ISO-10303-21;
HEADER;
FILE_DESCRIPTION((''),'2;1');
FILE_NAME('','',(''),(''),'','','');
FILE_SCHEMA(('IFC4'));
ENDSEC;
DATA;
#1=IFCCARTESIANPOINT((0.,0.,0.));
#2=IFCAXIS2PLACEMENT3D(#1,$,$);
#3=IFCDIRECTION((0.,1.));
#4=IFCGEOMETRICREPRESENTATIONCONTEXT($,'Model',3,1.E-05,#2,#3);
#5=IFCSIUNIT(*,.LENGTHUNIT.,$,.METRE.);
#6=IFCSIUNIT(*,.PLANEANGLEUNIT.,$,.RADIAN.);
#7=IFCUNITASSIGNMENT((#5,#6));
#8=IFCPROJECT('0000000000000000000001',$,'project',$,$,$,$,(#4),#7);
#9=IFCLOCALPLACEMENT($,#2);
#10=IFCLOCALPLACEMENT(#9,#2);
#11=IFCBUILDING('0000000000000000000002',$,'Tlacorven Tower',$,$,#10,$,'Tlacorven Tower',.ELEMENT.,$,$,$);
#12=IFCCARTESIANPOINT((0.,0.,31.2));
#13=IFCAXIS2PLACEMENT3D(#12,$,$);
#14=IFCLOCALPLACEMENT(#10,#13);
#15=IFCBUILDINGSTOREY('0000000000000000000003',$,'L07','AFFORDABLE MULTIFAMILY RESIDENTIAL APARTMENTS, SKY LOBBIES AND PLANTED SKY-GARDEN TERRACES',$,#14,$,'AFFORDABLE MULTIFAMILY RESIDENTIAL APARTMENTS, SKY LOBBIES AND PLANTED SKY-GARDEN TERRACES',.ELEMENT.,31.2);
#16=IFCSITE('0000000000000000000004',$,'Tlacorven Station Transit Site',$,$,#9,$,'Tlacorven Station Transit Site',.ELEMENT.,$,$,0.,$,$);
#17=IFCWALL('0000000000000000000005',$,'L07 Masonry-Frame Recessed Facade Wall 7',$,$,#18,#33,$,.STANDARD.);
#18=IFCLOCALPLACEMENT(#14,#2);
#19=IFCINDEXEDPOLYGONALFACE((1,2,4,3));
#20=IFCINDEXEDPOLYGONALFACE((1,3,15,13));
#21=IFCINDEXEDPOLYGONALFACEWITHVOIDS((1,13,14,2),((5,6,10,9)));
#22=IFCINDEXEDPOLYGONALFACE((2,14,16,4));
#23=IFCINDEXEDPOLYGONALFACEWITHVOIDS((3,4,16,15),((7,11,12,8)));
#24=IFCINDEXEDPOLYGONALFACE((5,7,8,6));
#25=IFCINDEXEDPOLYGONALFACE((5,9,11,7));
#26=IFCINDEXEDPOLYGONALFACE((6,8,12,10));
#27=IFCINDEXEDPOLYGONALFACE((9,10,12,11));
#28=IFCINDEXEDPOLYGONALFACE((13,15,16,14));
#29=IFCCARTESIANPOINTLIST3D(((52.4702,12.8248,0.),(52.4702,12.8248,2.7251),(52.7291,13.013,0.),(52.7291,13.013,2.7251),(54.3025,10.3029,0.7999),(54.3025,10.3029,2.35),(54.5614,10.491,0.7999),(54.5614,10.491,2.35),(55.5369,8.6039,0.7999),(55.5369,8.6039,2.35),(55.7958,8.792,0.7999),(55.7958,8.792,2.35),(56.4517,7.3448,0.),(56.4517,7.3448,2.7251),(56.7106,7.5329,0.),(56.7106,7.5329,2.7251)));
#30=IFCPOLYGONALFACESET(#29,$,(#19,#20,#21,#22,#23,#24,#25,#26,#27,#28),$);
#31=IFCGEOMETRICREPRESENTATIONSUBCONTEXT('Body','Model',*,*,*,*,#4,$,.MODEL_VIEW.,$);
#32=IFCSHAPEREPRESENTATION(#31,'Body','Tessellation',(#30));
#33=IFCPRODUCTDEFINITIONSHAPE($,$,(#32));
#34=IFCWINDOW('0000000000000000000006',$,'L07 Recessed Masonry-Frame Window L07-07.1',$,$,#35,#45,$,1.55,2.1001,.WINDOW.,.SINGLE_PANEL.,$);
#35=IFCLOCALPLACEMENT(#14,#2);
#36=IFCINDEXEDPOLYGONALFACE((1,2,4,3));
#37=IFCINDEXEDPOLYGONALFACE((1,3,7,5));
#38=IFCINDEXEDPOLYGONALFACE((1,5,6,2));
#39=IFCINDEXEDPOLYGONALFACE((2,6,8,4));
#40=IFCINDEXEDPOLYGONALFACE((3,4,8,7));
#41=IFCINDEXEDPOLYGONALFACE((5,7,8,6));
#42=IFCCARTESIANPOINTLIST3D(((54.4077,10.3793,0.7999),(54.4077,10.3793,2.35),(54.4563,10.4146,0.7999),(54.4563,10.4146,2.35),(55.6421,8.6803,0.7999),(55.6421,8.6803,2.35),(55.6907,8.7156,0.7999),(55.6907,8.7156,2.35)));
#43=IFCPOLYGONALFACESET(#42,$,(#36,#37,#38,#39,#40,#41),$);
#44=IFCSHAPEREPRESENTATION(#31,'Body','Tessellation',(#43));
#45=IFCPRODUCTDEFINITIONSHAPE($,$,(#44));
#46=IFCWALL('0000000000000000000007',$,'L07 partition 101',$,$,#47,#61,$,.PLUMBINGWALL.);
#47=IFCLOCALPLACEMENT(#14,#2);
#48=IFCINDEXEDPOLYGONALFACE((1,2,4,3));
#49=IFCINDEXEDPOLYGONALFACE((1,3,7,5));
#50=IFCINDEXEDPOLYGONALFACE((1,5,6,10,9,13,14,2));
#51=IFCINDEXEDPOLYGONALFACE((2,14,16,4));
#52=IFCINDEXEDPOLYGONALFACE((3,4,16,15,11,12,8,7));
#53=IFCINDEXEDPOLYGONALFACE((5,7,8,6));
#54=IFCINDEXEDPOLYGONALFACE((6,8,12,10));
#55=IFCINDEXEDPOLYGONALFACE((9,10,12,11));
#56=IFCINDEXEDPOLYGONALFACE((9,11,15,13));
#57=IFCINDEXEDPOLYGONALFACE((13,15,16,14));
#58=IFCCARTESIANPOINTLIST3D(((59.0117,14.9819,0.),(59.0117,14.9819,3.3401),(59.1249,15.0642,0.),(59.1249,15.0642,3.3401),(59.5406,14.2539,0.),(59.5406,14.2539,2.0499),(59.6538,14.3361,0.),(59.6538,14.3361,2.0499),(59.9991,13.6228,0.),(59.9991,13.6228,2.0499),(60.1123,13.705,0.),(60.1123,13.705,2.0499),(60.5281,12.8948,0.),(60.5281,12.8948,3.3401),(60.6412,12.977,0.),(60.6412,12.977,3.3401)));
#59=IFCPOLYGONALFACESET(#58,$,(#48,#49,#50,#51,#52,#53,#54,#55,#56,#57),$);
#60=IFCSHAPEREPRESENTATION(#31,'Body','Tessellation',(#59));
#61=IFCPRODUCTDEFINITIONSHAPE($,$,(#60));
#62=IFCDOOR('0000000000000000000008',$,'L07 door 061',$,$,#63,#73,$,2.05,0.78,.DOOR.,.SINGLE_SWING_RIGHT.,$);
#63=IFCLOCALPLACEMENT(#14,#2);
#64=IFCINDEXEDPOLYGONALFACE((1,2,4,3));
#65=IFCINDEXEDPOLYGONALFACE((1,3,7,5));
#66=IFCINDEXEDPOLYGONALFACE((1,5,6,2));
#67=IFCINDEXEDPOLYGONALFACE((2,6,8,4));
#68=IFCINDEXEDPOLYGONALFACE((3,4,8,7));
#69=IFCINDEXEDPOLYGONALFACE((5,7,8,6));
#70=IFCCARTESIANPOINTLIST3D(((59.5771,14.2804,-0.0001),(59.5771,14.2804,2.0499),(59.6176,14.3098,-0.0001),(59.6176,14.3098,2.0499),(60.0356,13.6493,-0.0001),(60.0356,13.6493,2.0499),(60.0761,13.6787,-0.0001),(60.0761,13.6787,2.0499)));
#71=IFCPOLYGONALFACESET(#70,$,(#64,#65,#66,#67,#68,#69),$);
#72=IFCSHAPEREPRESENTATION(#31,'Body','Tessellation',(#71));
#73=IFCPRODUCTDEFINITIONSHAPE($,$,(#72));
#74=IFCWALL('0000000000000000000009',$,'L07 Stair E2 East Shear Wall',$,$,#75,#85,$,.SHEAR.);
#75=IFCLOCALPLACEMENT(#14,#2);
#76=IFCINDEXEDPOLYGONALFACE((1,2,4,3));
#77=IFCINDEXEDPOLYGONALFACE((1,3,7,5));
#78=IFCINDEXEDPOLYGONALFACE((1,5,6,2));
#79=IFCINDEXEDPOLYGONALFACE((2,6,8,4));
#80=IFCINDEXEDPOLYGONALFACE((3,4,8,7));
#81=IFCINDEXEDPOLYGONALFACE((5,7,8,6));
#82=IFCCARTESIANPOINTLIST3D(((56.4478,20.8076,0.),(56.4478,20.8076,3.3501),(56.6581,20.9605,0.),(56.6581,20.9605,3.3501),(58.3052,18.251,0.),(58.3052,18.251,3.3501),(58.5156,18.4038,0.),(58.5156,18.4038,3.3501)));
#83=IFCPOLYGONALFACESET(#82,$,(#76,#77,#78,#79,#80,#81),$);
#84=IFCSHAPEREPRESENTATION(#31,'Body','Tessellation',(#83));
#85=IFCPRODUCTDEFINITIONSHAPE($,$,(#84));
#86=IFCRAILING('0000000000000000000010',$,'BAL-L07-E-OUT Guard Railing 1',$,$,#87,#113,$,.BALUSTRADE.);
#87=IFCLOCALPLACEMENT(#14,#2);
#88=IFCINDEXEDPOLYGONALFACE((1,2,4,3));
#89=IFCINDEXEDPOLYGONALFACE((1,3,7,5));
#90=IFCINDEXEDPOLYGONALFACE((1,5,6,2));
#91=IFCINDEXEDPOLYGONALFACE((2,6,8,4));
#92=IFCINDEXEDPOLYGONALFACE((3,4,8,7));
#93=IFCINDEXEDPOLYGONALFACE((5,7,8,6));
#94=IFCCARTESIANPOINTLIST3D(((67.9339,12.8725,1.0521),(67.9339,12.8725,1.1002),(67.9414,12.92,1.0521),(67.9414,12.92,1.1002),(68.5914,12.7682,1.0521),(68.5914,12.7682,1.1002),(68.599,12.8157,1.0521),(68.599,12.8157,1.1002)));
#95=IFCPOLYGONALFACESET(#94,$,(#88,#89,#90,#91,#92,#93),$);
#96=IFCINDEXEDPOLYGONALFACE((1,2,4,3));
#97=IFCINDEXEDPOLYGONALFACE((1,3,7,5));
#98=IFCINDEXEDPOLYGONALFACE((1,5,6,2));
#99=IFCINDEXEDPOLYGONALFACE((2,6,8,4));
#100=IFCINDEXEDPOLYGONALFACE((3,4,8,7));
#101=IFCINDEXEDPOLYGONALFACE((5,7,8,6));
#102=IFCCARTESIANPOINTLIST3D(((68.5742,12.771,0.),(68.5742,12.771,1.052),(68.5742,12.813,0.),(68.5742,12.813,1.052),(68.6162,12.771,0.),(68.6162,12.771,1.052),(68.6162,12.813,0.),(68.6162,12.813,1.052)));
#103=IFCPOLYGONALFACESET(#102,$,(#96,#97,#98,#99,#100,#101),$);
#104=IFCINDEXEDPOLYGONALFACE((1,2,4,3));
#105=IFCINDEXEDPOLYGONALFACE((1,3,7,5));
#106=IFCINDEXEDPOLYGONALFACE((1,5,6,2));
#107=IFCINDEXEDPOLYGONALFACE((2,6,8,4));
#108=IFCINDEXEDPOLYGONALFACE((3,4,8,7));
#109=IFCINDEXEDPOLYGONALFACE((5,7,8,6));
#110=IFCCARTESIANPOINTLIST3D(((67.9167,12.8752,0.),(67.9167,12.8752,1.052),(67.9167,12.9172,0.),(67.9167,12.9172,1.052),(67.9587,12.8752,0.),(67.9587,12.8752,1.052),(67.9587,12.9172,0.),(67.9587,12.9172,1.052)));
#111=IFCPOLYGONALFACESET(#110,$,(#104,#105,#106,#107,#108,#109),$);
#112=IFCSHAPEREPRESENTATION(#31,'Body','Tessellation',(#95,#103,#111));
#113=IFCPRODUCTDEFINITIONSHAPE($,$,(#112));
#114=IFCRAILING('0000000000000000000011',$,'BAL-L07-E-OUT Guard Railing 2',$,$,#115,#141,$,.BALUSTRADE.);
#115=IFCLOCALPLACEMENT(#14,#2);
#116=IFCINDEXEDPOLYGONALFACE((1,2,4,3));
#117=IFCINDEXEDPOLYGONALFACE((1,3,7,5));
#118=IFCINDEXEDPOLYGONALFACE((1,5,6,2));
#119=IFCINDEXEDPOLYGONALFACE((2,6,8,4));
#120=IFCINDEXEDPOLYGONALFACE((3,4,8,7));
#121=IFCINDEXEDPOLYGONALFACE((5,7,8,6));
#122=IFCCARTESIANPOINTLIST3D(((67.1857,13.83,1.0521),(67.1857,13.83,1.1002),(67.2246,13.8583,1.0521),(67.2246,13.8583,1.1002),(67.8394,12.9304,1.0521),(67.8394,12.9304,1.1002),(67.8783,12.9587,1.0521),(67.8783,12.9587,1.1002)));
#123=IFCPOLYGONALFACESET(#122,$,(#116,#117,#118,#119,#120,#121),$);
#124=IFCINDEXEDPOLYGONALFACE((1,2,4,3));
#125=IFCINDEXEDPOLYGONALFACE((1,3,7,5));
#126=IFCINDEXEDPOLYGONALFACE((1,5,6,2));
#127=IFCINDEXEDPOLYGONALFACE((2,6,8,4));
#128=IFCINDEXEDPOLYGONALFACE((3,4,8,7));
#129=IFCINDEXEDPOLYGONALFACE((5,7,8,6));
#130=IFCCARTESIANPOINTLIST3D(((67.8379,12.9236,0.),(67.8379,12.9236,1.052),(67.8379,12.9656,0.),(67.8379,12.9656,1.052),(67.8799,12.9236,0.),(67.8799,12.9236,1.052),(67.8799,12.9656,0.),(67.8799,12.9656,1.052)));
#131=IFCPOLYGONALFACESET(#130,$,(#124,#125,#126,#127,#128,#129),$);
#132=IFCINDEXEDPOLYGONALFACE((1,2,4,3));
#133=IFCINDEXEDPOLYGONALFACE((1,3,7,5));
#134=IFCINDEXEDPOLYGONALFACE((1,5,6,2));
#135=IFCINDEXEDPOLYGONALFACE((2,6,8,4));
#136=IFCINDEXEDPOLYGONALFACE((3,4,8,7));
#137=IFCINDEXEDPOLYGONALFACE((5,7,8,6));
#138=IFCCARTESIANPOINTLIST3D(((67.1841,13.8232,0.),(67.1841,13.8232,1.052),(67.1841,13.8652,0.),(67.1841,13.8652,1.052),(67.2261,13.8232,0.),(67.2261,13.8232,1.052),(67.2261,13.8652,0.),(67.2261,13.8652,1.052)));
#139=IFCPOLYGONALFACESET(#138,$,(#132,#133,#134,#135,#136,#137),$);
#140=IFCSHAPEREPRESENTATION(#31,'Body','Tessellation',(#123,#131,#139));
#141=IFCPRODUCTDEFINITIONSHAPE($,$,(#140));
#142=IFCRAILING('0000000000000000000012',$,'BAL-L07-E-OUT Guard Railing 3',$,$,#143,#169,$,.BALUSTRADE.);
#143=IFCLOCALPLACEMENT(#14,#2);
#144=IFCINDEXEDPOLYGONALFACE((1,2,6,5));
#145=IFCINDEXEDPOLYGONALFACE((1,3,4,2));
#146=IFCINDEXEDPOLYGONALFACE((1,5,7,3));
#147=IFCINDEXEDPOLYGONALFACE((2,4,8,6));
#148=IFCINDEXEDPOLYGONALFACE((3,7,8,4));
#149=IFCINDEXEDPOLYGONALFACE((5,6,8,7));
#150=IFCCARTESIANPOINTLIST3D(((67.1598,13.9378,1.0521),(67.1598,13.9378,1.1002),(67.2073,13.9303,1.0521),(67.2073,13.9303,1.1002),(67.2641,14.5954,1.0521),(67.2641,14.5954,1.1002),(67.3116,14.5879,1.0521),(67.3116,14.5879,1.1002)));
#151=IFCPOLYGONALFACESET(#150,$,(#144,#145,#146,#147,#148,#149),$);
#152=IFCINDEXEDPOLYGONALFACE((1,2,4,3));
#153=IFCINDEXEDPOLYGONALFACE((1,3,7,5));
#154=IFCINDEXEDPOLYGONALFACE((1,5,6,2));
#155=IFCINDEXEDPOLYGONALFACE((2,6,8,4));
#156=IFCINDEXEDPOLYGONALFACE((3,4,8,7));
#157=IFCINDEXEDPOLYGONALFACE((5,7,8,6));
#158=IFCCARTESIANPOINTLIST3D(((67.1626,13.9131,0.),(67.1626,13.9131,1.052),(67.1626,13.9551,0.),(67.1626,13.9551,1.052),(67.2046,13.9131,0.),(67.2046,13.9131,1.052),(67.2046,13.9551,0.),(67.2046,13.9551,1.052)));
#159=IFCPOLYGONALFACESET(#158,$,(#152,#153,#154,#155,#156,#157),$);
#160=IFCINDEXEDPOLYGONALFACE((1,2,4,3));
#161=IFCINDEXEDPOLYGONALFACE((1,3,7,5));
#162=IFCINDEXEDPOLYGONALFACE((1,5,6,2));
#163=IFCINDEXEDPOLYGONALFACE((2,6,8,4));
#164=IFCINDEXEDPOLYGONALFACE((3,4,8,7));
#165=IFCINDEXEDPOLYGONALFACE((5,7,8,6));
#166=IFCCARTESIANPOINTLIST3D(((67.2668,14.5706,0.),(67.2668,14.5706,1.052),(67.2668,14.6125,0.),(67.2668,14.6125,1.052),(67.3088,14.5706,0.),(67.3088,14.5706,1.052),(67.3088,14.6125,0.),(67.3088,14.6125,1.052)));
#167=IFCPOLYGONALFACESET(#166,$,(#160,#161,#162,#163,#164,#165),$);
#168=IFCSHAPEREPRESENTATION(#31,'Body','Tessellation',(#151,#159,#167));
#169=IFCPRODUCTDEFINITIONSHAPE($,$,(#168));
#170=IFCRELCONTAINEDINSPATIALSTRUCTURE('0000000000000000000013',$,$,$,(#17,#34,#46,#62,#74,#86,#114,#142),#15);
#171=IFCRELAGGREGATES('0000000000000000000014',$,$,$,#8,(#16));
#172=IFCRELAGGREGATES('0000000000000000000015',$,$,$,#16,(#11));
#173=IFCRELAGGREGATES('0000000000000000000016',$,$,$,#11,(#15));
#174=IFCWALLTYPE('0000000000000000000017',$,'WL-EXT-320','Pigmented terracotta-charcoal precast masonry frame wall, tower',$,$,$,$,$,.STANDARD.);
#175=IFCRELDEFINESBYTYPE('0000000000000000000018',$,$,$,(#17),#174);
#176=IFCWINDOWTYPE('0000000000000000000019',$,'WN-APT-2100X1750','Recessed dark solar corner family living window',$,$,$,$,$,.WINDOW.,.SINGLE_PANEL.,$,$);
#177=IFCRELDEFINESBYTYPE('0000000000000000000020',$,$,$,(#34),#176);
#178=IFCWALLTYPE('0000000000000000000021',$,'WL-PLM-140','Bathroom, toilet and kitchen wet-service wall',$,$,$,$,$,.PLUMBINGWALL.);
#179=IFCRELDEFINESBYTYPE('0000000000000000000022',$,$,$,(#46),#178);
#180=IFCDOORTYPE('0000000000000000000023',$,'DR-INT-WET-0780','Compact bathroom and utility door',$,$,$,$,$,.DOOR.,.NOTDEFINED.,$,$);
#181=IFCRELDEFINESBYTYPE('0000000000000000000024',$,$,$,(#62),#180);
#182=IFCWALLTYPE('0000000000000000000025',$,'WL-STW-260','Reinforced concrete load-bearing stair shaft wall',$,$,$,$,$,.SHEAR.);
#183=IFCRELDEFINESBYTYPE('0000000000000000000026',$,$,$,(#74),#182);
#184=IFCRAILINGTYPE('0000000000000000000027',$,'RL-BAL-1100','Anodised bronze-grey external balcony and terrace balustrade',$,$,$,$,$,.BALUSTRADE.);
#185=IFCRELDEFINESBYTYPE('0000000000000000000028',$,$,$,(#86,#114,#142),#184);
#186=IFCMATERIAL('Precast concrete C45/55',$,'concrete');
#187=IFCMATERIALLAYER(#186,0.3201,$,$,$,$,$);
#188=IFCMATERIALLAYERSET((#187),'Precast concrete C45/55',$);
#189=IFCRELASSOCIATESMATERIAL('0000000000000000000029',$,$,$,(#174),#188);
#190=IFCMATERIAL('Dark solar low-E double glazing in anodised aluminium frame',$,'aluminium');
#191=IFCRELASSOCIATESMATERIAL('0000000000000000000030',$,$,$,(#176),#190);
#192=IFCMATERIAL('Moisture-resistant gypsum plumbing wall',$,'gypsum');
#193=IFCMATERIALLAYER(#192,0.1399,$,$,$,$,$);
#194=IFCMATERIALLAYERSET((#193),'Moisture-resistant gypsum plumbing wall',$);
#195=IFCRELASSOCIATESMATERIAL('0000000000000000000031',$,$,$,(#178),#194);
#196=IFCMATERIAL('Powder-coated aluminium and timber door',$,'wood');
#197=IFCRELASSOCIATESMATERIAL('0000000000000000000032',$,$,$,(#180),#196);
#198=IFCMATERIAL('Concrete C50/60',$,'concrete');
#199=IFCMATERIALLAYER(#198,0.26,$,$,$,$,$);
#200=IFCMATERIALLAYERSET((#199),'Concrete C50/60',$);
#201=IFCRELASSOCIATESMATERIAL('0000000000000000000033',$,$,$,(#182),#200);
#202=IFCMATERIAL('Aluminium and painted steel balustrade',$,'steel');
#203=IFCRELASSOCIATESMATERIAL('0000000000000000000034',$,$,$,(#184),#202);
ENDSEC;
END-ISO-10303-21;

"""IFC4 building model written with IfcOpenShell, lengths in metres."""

from ifc_helpers import new_model, si_unit, direction, frame, frame_2d, origin, origin_2d, place, context, subcontext, project, spatial, rectangle, extrude, source, transform, mapped, material, layer, layer_set, type_object, element, fill, save


model = new_model("IFC4")

# Units and contexts
model_context = context("Model", 3, precision=1e-05, world=origin(), true_north=direction((0.0, 1.0)))
body_context = subcontext(model_context, "Body", "Model", "MODEL_VIEW")
ifc_project = project(units=[si_unit("LENGTHUNIT", "METRE"), si_unit("PLANEANGLEUNIT", "RADIAN")], contexts=[model_context])

# Site, building, storey
site_placement = place(None, origin())
site = spatial("IfcSite", under=ifc_project, at=site_placement, Name="Tlacorven Station Transit Site", LongName="Tlacorven Station Transit Site", CompositionType="ELEMENT", RefElevation=0.0)
building_placement = place(site_placement, origin())
building = spatial("IfcBuilding", under=site, at=building_placement, Name="Tlacorven Tower", LongName="Tlacorven Tower", CompositionType="ELEMENT")
storey_placement = place(building_placement, frame((0.0, 0.0, 31.2)))
storey = spatial("IfcBuildingStorey", under=building, at=storey_placement, Name="L07", Description="AFFORDABLE MULTIFAMILY RESIDENTIAL APARTMENTS, SKY LOBBIES AND PLANTED SKY-GARDEN TERRACES", LongName="AFFORDABLE MULTIFAMILY RESIDENTIAL APARTMENTS, SKY LOBBIES AND PLANTED SKY-GARDEN TERRACES", CompositionType="ELEMENT", Elevation=31.2)

# Shared definitions
ifc_material_1 = material(Name="Precast concrete C45/55", Category="concrete")
ifc_layer_1 = layer(ifc_material_1, 0.3201)
ifc_layer_set_1 = layer_set([ifc_layer_1], Name="Precast concrete C45/55")
wall_type_1 = type_object("IfcWallType", Name="WL-EXT-320", Description="Pigmented terracotta-charcoal precast masonry frame wall, tower", PredefinedType="STANDARD", material=ifc_layer_set_1)
ifc_material_2 = material(Name="Powder-coated aluminium and timber door", Category="wood")
ifc_material_3 = material(Name="Dark solar low-E double glazing in anodised aluminium frame", Category="aluminium")

# Wall, opening, window
wall_1_placement = place(storey_placement, frame((56.5811, 7.439, 0.0), z_axis=(0.0, 0.0, 1.0), x_axis=(-0.587786, 0.809017, 0.0)))
wall_1 = element("IfcWall", 1, at=wall_1_placement, inside=storey, type_object=wall_type_1, Name="L07 Masonry-Frame Recessed Facade Wall 7", PredefinedType="STANDARD", context=body_context, shape_type="SweptSolid", body=[
    extrude(rectangle(XDim=6.7737, YDim=0.3201, at=frame_2d((3.3867, 0.0))), origin(), (0.0, 0.0, 1.0), 2.7251),
])
opening_1_placement = place(wall_1_placement, frame((1.5562, 0.0, 0.8)))
opening_1 = element("IfcOpeningElement", 2, at=opening_1_placement, cuts=wall_1, PredefinedType="OPENING", context=body_context, shape_type="SweptSolid", body=[
    extrude(rectangle(XDim=2.1001, YDim=1.55, at=frame_2d((1.05, 0.7749))), frame((0.0, 0.1699, 0.0), z_axis=(0.0, -1.0, 0.0), x_axis=(1.0, 0.0, 0.0)), (0.0, 0.0, 1.0), 0.3401),
])
window_type_1 = type_object("IfcWindowType", Name="WN-APT-2100X1750", Description="Recessed dark solar corner family living window", PartitioningType="SINGLE_PANEL", PredefinedType="WINDOW", material=ifc_material_3)
shared_shape_1 = source(origin(), body_context, "Body", "SweptSolid", [
    extrude(rectangle(XDim=2.1001, YDim=1.55, at=frame_2d((1.05, 0.7749))), frame((0.0, 0.03, 0.0), z_axis=(0.0, -1.0, 0.0), x_axis=(1.0, 0.0, 0.0)), (0.0, 0.0, 1.0), 0.0601),
])
window_1_placement = place(opening_1_placement, origin())
window_1 = element("IfcWindow", 3, at=window_1_placement, inside=storey, type_object=window_type_1, Name="L07 Recessed Masonry-Frame Window L07-07.1", OverallHeight=1.55, OverallWidth=2.1001, PartitioningType="SINGLE_PANEL", PredefinedType="WINDOW", context=body_context, shape_type="MappedRepresentation", body=[
    mapped(shared_shape_1, transform((0.0, 0.0, 0.0), scale=1.0)),
])
fill(opening_1, window_1)

# Wall, opening, door
ifc_material_4 = material(Name="Moisture-resistant gypsum plumbing wall", Category="gypsum")
ifc_layer_2 = layer(ifc_material_4, 0.1399)
ifc_layer_set_2 = layer_set([ifc_layer_2], Name="Moisture-resistant gypsum plumbing wall")
wall_type_2 = type_object("IfcWallType", Name="WL-PLM-140", Description="Bathroom, toilet and kitchen wet-service wall", PredefinedType="PLUMBINGWALL", material=ifc_layer_set_2)
wall_2_placement = place(storey_placement, frame((60.5847, 12.9358, 0.0), z_axis=(0.0, 0.0, 1.0), x_axis=(-0.587772, 0.809027, 0.0)))
wall_2 = element("IfcWall", 4, at=wall_2_placement, inside=storey, type_object=wall_type_2, Name="L07 partition 101", PredefinedType="PLUMBINGWALL", context=body_context, shape_type="SweptSolid", body=[
    extrude(rectangle(XDim=2.5798, YDim=0.1399, at=frame_2d((1.29, 0.0))), origin(), (0.0, 0.0, 1.0), 3.3401),
])
opening_2_placement = place(wall_2_placement, frame((0.8999, 0.0, 0.0)))
opening_2 = element("IfcOpeningElement", 5, at=opening_2_placement, cuts=wall_2, PredefinedType="OPENING", context=body_context, shape_type="SweptSolid", body=[
    extrude(rectangle(XDim=0.78, YDim=2.05, at=frame_2d((0.3901, 1.0249))), frame((0.0, 0.0801, 0.0), z_axis=(0.0, -1.0, 0.0), x_axis=(1.0, 0.0, 0.0)), (0.0, 0.0, 1.0), 0.1599),
])
door_type_1 = type_object("IfcDoorType", Name="DR-INT-WET-0780", Description="Compact bathroom and utility door", OperationType="NOTDEFINED", PredefinedType="DOOR", material=ifc_material_2)
shared_shape_2 = source(origin(), body_context, "Body", "SweptSolid", [
    extrude(rectangle(XDim=0.78, YDim=2.05, at=frame_2d((0.3901, 1.0249))), frame((0.0, 0.0249, 0.0), z_axis=(0.0, -1.0, 0.0), x_axis=(1.0, 0.0, 0.0)), (0.0, 0.0, 1.0), 0.05),
])
door_1_placement = place(opening_2_placement, origin())
door_1 = element("IfcDoor", 6, at=door_1_placement, inside=storey, type_object=door_type_1, Name="L07 door 061", OperationType="SINGLE_SWING_RIGHT", OverallHeight=2.05, OverallWidth=0.78, PredefinedType="DOOR", context=body_context, shape_type="MappedRepresentation", body=[
    mapped(shared_shape_2, transform((0.0, 0.0, 0.0), scale=1.0)),
])
fill(opening_2, door_1)

# Wall
ifc_material_5 = material(Name="Concrete C50/60", Category="concrete")
ifc_layer_3 = layer(ifc_material_5, 0.26)
ifc_layer_set_3 = layer_set([ifc_layer_3], Name="Concrete C50/60")
wall_type_3 = type_object("IfcWallType", Name="WL-STW-260", Description="Reinforced concrete load-bearing stair shaft wall", PredefinedType="SHEAR", material=ifc_layer_set_3)
wall_3_placement = place(storey_placement, frame((58.4104, 18.3274, 0.0), z_axis=(0.0, 0.0, 1.0), x_axis=(-0.587767, 0.80903, 0.0)))
element("IfcWall", 7, at=wall_3_placement, inside=storey, type_object=wall_type_3, Name="L07 Stair E2 East Shear Wall", PredefinedType="SHEAR", context=body_context, shape_type="SweptSolid", body=[
    extrude(rectangle(XDim=3.1602, YDim=0.26, at=frame_2d((1.5801, 0.0))), origin(), (0.0, 0.0, 1.0), 3.3501),
])

# Railings
ifc_material_6 = material(Name="Aluminium and painted steel balustrade", Category="steel")
railing_type = type_object("IfcRailingType", Name="RL-BAL-1100", Description="Anodised bronze-grey external balcony and terrace balustrade", PredefinedType="BALUSTRADE", material=ifc_material_6)
shared_shape_3 = source(origin(), body_context, "Body", "SweptSolid", [
    extrude(rectangle(XDim=0.0481, YDim=0.0481, at=origin_2d()), frame((0.0, 0.0, 1.0762), z_axis=(-0.987662, 0.156603, 0.0), x_axis=(-0.156603, -0.987662, 0.0)), (0.0, 0.0, 1.0), 0.6658),
    extrude(rectangle(XDim=0.042, YDim=0.042, at=origin_2d()), origin(), (0.0, 0.0, 1.0), 1.052),
    extrude(rectangle(XDim=0.042, YDim=0.042, at=origin_2d()), frame((-0.6575, 0.1042, 0.0)), (0.0, 0.0, 1.0), 1.052),
])
railing_1_placement = place(storey_placement, frame((68.5952, 12.792, 0.0)))
element("IfcRailing", 8, at=railing_1_placement, inside=storey, type_object=railing_type, Name="BAL-L07-E-OUT Guard Railing 1", PredefinedType="BALUSTRADE", context=body_context, shape_type="MappedRepresentation", body=[
    mapped(shared_shape_3, transform((0.0, 0.0, 0.0), scale=1.0)),
])
shared_shape_4 = source(origin(), body_context, "Body", "SweptSolid", [
    extrude(rectangle(XDim=0.0481, YDim=0.0481, at=origin_2d()), frame((0.0, 0.0, 1.0762), z_axis=(-0.587884, 0.808945, 0.0), x_axis=(-0.808945, -0.587884, 0.0)), (0.0, 0.0, 1.0), 1.1121),
    extrude(rectangle(XDim=0.042, YDim=0.042, at=origin_2d()), origin(), (0.0, 0.0, 1.0), 1.052),
    extrude(rectangle(XDim=0.042, YDim=0.042, at=origin_2d()), frame((-0.6538, 0.8997, 0.0)), (0.0, 0.0, 1.0), 1.052),
])
railing_2_placement = place(storey_placement, frame((67.8589, 12.9446, 0.0)))
element("IfcRailing", 9, at=railing_2_placement, inside=storey, type_object=railing_type, Name="BAL-L07-E-OUT Guard Railing 2", PredefinedType="BALUSTRADE", context=body_context, shape_type="MappedRepresentation", body=[
    mapped(shared_shape_4, transform((0.0, 0.0, 0.0), scale=1.0)),
])
shared_shape_5 = source(origin(), body_context, "Body", "SweptSolid", [
    extrude(rectangle(XDim=0.0481, YDim=0.0481, at=origin_2d()), frame((0.0, 0.0, 1.0762), z_axis=(0.156603, 0.987662, 0.0), x_axis=(-0.987662, 0.156603, 0.0)), (0.0, 0.0, 1.0), 0.6658),
    extrude(rectangle(XDim=0.042, YDim=0.042, at=origin_2d()), origin(), (0.0, 0.0, 1.0), 1.052),
    extrude(rectangle(XDim=0.042, YDim=0.042, at=origin_2d()), frame((0.1042, 0.6575, 0.0)), (0.0, 0.0, 1.0), 1.052),
])
railing_3_placement = place(storey_placement, frame((67.1836, 13.9341, 0.0)))
element("IfcRailing", 10, at=railing_3_placement, inside=storey, type_object=railing_type, Name="BAL-L07-E-OUT Guard Railing 3", PredefinedType="BALUSTRADE", context=body_context, shape_type="MappedRepresentation", body=[
    mapped(shared_shape_5, transform((0.0, 0.0, 0.0), scale=1.0)),
])

save(model, "model.ifc")
